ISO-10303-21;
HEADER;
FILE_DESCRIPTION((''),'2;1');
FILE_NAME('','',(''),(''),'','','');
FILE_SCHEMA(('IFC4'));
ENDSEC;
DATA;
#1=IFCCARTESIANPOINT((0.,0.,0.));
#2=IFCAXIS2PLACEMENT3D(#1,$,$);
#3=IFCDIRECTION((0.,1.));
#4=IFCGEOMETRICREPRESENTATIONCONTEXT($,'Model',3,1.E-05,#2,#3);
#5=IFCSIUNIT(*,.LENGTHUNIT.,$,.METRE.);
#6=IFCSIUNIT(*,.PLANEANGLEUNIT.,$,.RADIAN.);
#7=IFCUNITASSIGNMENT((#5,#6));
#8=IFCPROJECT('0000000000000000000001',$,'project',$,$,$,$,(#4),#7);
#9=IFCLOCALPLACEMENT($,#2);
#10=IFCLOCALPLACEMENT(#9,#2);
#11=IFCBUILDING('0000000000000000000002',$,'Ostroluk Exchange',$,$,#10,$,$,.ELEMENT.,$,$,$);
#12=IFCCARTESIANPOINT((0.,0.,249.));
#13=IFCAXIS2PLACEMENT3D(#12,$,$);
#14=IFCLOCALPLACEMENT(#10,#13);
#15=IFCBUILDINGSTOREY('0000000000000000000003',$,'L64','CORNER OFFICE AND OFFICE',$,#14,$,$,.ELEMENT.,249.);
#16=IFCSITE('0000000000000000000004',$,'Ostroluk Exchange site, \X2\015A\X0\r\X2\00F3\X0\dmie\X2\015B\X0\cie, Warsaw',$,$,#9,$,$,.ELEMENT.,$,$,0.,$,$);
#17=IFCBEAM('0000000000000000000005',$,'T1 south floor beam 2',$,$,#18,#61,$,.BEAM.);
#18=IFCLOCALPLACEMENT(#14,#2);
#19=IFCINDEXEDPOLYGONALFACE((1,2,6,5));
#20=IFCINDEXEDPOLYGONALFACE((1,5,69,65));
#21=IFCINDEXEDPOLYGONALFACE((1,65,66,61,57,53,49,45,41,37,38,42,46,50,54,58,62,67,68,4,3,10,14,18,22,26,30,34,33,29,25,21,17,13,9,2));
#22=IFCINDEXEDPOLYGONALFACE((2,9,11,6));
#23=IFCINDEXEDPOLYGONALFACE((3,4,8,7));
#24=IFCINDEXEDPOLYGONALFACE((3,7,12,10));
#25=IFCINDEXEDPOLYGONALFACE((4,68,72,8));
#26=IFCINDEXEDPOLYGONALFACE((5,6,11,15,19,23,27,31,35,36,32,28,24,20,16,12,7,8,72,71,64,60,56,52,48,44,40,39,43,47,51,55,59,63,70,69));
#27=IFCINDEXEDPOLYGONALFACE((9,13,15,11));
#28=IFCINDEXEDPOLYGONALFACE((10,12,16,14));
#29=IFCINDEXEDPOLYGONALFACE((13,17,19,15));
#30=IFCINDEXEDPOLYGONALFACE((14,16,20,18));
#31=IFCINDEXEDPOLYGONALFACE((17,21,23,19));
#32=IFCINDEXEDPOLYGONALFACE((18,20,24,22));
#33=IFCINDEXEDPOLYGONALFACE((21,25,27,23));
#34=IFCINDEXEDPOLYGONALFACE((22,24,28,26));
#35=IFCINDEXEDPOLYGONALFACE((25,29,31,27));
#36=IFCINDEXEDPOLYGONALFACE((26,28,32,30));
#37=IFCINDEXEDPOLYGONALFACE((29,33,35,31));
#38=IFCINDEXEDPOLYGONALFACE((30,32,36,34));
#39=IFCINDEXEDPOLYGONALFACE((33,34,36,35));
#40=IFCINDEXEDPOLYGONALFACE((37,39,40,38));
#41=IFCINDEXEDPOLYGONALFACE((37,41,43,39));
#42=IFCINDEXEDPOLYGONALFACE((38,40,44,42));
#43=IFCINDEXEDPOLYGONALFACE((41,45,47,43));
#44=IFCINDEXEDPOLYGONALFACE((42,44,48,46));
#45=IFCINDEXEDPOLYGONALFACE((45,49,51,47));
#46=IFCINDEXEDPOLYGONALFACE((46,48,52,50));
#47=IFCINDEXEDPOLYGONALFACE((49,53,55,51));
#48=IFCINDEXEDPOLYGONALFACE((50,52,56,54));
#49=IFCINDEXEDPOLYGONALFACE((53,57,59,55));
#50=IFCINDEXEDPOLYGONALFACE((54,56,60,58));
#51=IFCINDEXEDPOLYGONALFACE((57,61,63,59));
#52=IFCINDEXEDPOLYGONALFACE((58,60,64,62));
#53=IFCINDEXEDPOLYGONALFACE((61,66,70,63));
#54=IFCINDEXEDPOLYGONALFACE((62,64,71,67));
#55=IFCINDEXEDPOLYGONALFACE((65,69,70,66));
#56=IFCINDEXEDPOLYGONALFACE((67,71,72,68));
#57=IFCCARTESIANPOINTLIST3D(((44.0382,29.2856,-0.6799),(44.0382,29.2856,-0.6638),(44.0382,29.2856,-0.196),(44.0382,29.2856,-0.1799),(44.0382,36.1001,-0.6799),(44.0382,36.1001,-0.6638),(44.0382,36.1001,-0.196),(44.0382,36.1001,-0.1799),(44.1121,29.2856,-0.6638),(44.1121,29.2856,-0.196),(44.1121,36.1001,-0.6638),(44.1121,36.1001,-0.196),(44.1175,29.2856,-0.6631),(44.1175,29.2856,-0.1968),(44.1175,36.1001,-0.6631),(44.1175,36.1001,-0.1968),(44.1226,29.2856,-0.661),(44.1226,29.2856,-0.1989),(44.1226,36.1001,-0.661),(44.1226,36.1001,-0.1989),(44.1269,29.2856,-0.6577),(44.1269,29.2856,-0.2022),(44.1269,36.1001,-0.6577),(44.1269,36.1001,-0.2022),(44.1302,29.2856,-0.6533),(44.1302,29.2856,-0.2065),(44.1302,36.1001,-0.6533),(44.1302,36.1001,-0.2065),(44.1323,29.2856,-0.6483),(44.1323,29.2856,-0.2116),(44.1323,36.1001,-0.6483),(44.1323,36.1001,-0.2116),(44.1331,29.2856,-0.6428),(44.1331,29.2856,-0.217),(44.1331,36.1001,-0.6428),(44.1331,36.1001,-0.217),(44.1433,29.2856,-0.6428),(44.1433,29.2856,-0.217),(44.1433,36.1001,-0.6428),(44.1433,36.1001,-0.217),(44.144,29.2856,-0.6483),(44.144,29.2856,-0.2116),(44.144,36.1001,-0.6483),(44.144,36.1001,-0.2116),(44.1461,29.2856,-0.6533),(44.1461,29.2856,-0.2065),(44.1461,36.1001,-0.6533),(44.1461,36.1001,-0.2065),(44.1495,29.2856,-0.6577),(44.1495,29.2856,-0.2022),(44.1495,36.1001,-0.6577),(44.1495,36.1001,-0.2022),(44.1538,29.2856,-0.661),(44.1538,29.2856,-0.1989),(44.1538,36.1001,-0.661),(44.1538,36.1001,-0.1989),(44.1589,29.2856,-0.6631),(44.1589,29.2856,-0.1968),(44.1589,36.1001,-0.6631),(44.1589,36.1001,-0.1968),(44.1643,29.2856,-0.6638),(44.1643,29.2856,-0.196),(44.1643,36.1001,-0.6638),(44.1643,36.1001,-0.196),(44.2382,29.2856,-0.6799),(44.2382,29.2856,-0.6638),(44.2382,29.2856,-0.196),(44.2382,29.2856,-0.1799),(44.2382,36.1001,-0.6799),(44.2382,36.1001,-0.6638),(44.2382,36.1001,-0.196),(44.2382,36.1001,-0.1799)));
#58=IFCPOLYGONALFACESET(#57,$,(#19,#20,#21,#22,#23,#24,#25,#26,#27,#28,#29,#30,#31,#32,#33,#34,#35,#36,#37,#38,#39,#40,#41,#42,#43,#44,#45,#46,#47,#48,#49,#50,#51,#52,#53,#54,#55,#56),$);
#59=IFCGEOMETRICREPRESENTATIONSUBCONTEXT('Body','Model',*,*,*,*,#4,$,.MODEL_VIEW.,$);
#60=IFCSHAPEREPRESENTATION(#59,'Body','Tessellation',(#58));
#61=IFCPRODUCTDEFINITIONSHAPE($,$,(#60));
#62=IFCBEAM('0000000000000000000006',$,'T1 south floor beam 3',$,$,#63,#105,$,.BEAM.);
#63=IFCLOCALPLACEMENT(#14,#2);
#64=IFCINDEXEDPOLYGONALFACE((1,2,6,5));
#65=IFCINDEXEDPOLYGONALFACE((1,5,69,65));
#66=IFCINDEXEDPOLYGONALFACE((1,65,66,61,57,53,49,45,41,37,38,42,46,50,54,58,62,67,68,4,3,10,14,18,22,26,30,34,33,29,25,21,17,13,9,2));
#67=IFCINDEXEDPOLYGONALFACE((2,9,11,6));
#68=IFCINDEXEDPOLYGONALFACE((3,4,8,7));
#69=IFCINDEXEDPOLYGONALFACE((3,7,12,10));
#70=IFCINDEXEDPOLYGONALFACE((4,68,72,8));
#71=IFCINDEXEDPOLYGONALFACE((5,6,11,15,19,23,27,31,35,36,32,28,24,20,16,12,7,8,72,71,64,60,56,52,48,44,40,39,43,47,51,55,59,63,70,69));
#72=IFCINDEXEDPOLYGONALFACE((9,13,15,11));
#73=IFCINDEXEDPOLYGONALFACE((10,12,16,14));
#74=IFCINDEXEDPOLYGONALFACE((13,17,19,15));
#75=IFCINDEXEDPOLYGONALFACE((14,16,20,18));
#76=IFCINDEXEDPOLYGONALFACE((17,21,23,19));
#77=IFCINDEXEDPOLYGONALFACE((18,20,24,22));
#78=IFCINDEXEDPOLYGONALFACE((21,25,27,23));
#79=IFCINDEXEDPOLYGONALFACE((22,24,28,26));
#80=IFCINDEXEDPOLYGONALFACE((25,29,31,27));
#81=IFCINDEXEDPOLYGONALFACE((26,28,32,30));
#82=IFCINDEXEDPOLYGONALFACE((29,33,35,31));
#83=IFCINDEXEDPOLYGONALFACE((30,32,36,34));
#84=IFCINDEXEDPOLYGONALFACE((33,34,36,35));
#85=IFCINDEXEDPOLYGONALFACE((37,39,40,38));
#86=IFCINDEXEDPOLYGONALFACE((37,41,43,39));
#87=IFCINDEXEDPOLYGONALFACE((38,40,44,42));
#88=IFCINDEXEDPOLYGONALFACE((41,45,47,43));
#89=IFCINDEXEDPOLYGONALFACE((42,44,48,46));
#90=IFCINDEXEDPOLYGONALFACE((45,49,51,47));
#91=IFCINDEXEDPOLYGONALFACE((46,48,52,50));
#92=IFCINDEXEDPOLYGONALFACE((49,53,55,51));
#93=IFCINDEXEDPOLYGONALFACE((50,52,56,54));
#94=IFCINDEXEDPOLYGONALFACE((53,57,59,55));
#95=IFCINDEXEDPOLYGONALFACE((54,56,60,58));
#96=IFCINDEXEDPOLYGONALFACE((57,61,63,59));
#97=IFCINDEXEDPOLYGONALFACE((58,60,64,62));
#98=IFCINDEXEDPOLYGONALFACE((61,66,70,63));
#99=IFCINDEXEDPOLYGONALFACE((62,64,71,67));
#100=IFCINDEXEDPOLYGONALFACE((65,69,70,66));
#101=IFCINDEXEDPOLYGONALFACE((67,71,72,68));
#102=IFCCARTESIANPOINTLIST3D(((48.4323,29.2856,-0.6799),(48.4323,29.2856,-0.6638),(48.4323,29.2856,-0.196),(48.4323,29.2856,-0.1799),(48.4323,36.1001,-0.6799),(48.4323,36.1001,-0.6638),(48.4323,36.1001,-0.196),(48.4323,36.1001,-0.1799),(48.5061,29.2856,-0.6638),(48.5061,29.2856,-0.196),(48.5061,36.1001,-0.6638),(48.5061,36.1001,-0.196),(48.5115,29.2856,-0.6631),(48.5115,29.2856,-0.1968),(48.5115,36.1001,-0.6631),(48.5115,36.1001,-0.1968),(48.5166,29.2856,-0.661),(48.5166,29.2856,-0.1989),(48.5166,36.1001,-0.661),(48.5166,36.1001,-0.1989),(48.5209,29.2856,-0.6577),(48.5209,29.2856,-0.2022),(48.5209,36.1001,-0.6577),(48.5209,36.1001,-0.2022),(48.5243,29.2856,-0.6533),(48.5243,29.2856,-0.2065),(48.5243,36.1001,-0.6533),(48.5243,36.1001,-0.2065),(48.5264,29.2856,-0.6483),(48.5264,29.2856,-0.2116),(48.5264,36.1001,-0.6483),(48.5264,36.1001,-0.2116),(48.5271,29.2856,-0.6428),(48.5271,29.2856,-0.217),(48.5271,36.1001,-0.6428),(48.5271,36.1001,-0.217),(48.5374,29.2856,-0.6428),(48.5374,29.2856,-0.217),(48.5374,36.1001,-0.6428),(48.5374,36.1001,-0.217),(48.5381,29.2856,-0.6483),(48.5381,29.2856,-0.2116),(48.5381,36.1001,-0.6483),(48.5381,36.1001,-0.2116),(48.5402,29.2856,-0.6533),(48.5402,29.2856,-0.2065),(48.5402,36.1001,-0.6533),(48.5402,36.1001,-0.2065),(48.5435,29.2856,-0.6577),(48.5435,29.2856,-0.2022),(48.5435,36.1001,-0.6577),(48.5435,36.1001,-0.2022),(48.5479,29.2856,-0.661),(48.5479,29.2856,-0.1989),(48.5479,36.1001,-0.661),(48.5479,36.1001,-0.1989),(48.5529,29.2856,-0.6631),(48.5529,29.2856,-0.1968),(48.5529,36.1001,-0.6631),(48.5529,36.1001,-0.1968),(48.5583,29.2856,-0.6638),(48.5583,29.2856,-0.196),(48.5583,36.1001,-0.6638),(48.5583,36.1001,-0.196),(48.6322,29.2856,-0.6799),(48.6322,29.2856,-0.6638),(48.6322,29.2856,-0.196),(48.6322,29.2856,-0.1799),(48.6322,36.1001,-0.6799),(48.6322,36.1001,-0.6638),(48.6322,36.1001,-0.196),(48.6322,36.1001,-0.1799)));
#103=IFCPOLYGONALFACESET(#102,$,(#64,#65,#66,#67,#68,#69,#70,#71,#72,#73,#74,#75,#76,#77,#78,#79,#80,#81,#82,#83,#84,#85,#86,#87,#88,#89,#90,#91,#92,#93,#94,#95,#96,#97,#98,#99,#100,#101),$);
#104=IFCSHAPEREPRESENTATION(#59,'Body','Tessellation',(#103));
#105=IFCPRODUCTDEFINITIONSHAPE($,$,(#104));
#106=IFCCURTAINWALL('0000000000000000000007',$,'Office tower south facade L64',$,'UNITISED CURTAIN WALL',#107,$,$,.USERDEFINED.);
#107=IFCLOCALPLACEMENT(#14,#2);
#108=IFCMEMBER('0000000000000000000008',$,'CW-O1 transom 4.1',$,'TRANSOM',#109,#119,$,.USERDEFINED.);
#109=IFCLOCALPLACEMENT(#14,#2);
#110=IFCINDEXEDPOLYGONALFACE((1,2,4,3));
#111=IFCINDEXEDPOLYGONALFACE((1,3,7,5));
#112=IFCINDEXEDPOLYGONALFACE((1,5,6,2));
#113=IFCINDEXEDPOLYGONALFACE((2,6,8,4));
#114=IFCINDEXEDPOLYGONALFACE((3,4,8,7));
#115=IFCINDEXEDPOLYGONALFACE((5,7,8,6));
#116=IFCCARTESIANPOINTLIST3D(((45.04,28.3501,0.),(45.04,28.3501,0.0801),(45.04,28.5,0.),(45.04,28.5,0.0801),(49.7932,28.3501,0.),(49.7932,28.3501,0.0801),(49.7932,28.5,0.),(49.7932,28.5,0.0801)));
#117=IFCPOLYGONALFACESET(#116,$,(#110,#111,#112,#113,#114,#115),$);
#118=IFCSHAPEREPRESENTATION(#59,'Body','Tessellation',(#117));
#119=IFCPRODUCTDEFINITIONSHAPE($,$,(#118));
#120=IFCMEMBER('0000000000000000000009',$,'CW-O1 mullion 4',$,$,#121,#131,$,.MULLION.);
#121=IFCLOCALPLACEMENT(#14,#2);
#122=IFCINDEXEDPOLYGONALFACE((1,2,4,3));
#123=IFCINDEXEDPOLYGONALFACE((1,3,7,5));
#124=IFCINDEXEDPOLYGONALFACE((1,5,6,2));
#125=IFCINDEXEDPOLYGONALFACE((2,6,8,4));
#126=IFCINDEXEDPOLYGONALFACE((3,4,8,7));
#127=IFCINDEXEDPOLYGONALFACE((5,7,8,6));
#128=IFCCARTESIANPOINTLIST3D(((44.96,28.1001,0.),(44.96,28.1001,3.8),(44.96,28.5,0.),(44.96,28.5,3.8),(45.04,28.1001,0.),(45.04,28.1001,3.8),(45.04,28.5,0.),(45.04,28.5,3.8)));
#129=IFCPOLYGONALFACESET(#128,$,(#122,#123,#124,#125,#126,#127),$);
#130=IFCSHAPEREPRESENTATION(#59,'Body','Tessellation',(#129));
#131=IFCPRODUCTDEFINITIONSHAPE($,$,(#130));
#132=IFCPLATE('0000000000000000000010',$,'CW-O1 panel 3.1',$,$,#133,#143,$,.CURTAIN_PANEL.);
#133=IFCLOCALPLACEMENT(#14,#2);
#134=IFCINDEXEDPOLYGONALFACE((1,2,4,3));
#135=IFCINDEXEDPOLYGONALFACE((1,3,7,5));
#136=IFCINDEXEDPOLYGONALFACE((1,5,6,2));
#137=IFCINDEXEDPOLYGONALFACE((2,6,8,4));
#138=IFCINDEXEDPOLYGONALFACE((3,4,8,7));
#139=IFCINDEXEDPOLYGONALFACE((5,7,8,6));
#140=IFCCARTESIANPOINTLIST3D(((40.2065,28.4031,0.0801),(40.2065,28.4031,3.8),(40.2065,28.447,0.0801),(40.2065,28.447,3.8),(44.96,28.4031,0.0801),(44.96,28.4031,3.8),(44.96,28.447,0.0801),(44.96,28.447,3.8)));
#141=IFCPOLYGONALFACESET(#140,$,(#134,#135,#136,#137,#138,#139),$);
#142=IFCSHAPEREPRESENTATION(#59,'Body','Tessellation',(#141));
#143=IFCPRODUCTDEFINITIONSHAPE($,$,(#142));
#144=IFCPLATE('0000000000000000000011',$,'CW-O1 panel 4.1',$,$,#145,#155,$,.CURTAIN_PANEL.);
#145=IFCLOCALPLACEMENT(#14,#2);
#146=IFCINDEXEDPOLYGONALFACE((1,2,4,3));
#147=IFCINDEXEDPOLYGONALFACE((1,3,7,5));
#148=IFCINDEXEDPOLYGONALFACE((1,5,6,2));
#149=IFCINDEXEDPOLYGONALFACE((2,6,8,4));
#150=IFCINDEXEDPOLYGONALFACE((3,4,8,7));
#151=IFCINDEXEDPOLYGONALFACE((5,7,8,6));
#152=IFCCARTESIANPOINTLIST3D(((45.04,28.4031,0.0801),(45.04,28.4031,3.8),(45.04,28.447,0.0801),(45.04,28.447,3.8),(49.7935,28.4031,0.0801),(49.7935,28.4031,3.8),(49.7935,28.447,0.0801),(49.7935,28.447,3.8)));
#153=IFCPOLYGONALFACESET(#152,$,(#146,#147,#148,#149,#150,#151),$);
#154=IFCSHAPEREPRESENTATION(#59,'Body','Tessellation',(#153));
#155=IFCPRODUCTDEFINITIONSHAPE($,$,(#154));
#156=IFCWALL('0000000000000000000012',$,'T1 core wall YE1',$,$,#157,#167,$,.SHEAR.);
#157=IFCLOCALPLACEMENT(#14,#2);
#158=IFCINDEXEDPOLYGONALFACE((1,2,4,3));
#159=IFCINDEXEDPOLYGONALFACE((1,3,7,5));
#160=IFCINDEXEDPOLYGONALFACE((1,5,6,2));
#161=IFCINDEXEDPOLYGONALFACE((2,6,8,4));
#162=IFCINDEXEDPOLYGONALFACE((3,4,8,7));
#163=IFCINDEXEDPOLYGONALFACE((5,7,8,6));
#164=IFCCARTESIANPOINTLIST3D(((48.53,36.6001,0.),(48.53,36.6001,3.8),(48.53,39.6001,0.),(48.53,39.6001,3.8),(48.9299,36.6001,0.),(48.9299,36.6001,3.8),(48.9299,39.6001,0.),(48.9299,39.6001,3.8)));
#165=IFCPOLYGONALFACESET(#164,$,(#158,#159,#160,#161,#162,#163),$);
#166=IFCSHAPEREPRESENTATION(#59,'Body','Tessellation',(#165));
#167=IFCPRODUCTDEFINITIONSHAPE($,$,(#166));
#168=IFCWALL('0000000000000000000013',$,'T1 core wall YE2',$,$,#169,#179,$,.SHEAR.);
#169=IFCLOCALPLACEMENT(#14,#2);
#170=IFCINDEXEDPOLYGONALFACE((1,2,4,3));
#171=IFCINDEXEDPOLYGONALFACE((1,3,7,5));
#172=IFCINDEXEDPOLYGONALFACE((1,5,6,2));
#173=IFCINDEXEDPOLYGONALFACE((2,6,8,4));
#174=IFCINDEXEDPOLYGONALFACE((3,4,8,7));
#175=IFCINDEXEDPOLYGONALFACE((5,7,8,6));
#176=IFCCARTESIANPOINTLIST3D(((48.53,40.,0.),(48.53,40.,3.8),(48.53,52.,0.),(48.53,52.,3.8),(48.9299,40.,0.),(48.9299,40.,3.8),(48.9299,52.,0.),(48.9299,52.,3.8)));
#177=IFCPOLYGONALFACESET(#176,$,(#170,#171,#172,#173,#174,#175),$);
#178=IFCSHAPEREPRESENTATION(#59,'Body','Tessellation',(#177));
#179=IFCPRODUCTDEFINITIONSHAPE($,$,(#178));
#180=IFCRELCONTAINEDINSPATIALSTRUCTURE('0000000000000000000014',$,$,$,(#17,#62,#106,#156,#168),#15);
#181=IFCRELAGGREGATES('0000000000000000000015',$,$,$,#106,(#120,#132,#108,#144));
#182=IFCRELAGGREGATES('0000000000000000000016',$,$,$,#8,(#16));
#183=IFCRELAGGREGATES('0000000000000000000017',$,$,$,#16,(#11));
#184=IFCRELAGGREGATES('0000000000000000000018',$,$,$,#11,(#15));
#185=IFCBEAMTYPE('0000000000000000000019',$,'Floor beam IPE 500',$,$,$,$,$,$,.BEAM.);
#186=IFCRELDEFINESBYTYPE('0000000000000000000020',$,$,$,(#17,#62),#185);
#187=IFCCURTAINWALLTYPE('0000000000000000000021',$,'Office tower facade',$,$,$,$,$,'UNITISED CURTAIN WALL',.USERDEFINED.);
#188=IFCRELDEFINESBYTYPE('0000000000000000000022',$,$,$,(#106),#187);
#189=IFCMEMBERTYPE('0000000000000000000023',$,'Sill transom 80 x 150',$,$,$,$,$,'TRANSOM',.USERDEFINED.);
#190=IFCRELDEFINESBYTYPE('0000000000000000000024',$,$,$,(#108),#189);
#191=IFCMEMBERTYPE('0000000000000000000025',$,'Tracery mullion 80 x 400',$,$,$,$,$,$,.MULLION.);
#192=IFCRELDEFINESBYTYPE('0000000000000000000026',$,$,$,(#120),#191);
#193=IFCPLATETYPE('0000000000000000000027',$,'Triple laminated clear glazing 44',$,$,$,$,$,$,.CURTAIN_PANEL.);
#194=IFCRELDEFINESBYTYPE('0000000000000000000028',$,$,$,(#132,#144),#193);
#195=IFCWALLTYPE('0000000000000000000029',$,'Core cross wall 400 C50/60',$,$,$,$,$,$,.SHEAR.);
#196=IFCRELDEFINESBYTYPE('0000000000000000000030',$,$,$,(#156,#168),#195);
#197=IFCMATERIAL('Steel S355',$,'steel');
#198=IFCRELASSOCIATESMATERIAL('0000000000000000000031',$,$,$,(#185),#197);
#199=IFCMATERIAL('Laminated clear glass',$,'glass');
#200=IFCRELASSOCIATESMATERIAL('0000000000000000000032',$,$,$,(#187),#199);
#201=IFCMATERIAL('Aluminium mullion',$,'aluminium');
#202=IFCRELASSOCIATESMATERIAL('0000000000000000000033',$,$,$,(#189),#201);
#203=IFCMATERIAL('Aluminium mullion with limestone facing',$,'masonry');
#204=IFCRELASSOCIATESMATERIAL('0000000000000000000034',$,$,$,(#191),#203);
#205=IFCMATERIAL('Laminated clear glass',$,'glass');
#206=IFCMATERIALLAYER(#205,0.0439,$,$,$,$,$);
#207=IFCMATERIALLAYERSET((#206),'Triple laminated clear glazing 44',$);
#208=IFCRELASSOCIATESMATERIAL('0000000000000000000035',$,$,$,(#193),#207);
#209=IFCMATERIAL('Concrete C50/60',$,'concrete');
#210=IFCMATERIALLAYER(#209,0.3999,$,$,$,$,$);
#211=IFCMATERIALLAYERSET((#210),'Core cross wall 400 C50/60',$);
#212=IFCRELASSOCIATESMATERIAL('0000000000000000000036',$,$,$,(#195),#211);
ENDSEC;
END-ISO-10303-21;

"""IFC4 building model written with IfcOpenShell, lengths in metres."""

from ifc_helpers import new_model, si_unit, direction, frame, frame_2d, origin, origin_2d, place, context, subcontext, project, spatial, rectangle, i_section, extrude, material, layer, layer_set, material_profile, profile_set, type_object, element, aggregate, save


model = new_model("IFC4")

# Units and contexts
model_context = context("Model", 3, precision=1e-05, world=origin(), true_north=direction((0.0, 1.0)))
body_context = subcontext(model_context, "Body", "Model", "MODEL_VIEW")
ifc_project = project(units=[si_unit("LENGTHUNIT", "METRE"), si_unit("PLANEANGLEUNIT", "RADIAN")], contexts=[model_context])

# Site, building, storey
site_placement = place(None, origin())
site = spatial("IfcSite", under=ifc_project, at=site_placement, Name="Ostroluk Exchange site, Śródmieście, Warsaw", CompositionType="ELEMENT", RefElevation=0.0)
building_placement = place(site_placement, origin())
building = spatial("IfcBuilding", under=site, at=building_placement, Name="Ostroluk Exchange", CompositionType="ELEMENT")
storey_placement = place(building_placement, frame((0.0, 0.0, 249.0)))
storey = spatial("IfcBuildingStorey", under=building, at=storey_placement, Name="L64", Description="CORNER OFFICE AND OFFICE", CompositionType="ELEMENT", Elevation=249.0)

# Beams
ifc_material_1 = material(Name="Steel S355", Category="steel")
ifc_material_profile_1 = material_profile(ifc_material_1, i_section(OverallWidth=0.2, OverallDepth=0.5, WebThickness=0.0103, FlangeThickness=0.0161, FilletRadius=0.021, at=origin_2d()), Name="IPE 500")
ifc_profile_set_1 = profile_set([ifc_material_profile_1], Name="Steel S355")
beam_type = type_object("IfcBeamType", Name="Floor beam IPE 500", PredefinedType="BEAM", material=ifc_profile_set_1)
for number, where, z_axis, x_axis, name in (
    (1, (44.1382, 36.1001, -0.4299), (0.0, -1.0, 0.0), (1.0, 0.0, 0.0), "T1 south floor beam 2"),
    (2, (48.5322, 36.1001, -0.4299), (0.0, -1.0, 0.0), (1.0, 0.0, 0.0), "T1 south floor beam 3"),
):
    element("IfcBeam", number, at=place(storey_placement, frame(where, z_axis=z_axis, x_axis=x_axis)), inside=storey, type_object=beam_type, Name=name, PredefinedType="BEAM", context=body_context, shape_type="SweptSolid", body=[
        extrude(i_section(OverallWidth=0.2, OverallDepth=0.5, WebThickness=0.0103, FlangeThickness=0.0161, FilletRadius=0.021, at=origin_2d()), origin(), (0.0, 0.0, 1.0), 6.8145),
    ])

# Curtain wall, members, plates
ifc_material_2 = material(Name="Laminated clear glass", Category="glass")
curtain_wall_type = type_object("IfcCurtainWallType", Name="Office tower facade", ElementType="UNITISED CURTAIN WALL", PredefinedType="USERDEFINED", material=ifc_material_2)
curtain_wall_placement = place(storey_placement, origin())
curtain_wall = element("IfcCurtainWall", 3, at=curtain_wall_placement, inside=storey, type_object=curtain_wall_type, Name="Office tower south facade L64", ObjectType="UNITISED CURTAIN WALL", PredefinedType="USERDEFINED")
ifc_material_3 = material(Name="Aluminium mullion", Category="aluminium")
ifc_material_profile_2 = material_profile(ifc_material_3, rectangle(XDim=0.1499, YDim=0.0801, at=origin_2d()), Name="Sill transom 80 x 150")
ifc_profile_set_2 = profile_set([ifc_material_profile_2], Name="Aluminium mullion")
member_type_1 = type_object("IfcMemberType", Name="Sill transom 80 x 150", ElementType="TRANSOM", PredefinedType="USERDEFINED", material=ifc_profile_set_2)
member_1_placement = place(storey_placement, frame((45.04, 28.425, 0.04), z_axis=(1.0, 0.0, 0.0), x_axis=(0.0, 1.0, 0.0)))
member_1 = element("IfcMember", 4, at=member_1_placement, type_object=member_type_1, Name="CW-O1 transom 4.1", ObjectType="TRANSOM", PredefinedType="USERDEFINED", context=body_context, shape_type="SweptSolid", body=[
    extrude(rectangle(XDim=0.1499, YDim=0.0801, at=origin_2d()), origin(), (0.0, 0.0, 1.0), 4.7532),
])
ifc_material_4 = material(Name="Aluminium mullion with limestone facing", Category="masonry")
ifc_material_profile_3 = material_profile(ifc_material_4, rectangle(XDim=0.3999, YDim=0.0801, at=origin_2d()), Name="Tracery mullion 80 x 400")
ifc_profile_set_3 = profile_set([ifc_material_profile_3], Name="Aluminium mullion with limestone facing")
member_type_2 = type_object("IfcMemberType", Name="Tracery mullion 80 x 400", PredefinedType="MULLION", material=ifc_profile_set_3)
member_2_placement = place(storey_placement, frame((45.0, 28.3, 0.0), z_axis=(0.0, 0.0, 1.0), x_axis=(0.0, 1.0, 0.0)))
member_2 = element("IfcMember", 5, at=member_2_placement, type_object=member_type_2, Name="CW-O1 mullion 4", PredefinedType="MULLION", context=body_context, shape_type="SweptSolid", body=[
    extrude(rectangle(XDim=0.3999, YDim=0.0801, at=origin_2d()), origin(), (0.0, 0.0, 1.0), 3.8),
])
ifc_material_5 = material(Name="Laminated clear glass", Category="glass")
ifc_layer_1 = layer(ifc_material_5, 0.0439)
ifc_layer_set_1 = layer_set([ifc_layer_1], Name="Triple laminated clear glazing 44")
plate_type = type_object("IfcPlateType", Name="Triple laminated clear glazing 44", PredefinedType="CURTAIN_PANEL", material=ifc_layer_set_1)
plate_1_placement = place(storey_placement, frame((42.5833, 28.425, 0.0801), z_axis=(0.0, 0.0, 1.0), x_axis=(1.0, 0.0, 0.0)))
plate_1 = element("IfcPlate", 6, at=plate_1_placement, type_object=plate_type, Name="CW-O1 panel 3.1", PredefinedType="CURTAIN_PANEL", context=body_context, shape_type="SweptSolid", body=[
    extrude(rectangle(XDim=4.7534, YDim=0.0439, at=origin_2d()), origin(), (0.0, 0.0, 1.0), 3.72),
])
plate_2_placement = place(storey_placement, frame((47.4167, 28.425, 0.0801), z_axis=(0.0, 0.0, 1.0), x_axis=(1.0, 0.0, 0.0)))
plate_2 = element("IfcPlate", 7, at=plate_2_placement, type_object=plate_type, Name="CW-O1 panel 4.1", PredefinedType="CURTAIN_PANEL", context=body_context, shape_type="SweptSolid", body=[
    extrude(rectangle(XDim=4.7534, YDim=0.0439, at=origin_2d()), origin(), (0.0, 0.0, 1.0), 3.72),
])
aggregate(curtain_wall, [member_2, plate_1, member_1, plate_2])

# Walls
ifc_material_6 = material(Name="Concrete C50/60", Category="concrete")
ifc_layer_2 = layer(ifc_material_6, 0.3999)
ifc_layer_set_2 = layer_set([ifc_layer_2], Name="Core cross wall 400 C50/60")
wall_type_1 = type_object("IfcWallType", Name="Core cross wall 400 C50/60", PredefinedType="SHEAR", material=ifc_layer_set_2)
wall_1_placement = place(storey_placement, frame((48.73, 36.6001, 0.0), z_axis=(0.0, 0.0, 1.0), x_axis=(0.0, 1.0, 0.0)))
element("IfcWall", 8, at=wall_1_placement, inside=storey, type_object=wall_type_1, Name="T1 core wall YE1", PredefinedType="SHEAR", context=body_context, shape_type="SweptSolid", body=[
    extrude(rectangle(XDim=3.0, YDim=0.3999, at=frame_2d((1.5, 0.0))), origin(), (0.0, 0.0, 1.0), 3.8),
])
wall_2_placement = place(storey_placement, frame((48.73, 40.0, 0.0), z_axis=(0.0, 0.0, 1.0), x_axis=(0.0, 1.0, 0.0)))
element("IfcWall", 9, at=wall_2_placement, inside=storey, type_object=wall_type_1, Name="T1 core wall YE2", PredefinedType="SHEAR", context=body_context, shape_type="SweptSolid", body=[
    extrude(rectangle(XDim=12.0, YDim=0.3999, at=frame_2d((6.0, 0.0))), origin(), (0.0, 0.0, 1.0), 3.8),
])

save(model, "model.ifc")
